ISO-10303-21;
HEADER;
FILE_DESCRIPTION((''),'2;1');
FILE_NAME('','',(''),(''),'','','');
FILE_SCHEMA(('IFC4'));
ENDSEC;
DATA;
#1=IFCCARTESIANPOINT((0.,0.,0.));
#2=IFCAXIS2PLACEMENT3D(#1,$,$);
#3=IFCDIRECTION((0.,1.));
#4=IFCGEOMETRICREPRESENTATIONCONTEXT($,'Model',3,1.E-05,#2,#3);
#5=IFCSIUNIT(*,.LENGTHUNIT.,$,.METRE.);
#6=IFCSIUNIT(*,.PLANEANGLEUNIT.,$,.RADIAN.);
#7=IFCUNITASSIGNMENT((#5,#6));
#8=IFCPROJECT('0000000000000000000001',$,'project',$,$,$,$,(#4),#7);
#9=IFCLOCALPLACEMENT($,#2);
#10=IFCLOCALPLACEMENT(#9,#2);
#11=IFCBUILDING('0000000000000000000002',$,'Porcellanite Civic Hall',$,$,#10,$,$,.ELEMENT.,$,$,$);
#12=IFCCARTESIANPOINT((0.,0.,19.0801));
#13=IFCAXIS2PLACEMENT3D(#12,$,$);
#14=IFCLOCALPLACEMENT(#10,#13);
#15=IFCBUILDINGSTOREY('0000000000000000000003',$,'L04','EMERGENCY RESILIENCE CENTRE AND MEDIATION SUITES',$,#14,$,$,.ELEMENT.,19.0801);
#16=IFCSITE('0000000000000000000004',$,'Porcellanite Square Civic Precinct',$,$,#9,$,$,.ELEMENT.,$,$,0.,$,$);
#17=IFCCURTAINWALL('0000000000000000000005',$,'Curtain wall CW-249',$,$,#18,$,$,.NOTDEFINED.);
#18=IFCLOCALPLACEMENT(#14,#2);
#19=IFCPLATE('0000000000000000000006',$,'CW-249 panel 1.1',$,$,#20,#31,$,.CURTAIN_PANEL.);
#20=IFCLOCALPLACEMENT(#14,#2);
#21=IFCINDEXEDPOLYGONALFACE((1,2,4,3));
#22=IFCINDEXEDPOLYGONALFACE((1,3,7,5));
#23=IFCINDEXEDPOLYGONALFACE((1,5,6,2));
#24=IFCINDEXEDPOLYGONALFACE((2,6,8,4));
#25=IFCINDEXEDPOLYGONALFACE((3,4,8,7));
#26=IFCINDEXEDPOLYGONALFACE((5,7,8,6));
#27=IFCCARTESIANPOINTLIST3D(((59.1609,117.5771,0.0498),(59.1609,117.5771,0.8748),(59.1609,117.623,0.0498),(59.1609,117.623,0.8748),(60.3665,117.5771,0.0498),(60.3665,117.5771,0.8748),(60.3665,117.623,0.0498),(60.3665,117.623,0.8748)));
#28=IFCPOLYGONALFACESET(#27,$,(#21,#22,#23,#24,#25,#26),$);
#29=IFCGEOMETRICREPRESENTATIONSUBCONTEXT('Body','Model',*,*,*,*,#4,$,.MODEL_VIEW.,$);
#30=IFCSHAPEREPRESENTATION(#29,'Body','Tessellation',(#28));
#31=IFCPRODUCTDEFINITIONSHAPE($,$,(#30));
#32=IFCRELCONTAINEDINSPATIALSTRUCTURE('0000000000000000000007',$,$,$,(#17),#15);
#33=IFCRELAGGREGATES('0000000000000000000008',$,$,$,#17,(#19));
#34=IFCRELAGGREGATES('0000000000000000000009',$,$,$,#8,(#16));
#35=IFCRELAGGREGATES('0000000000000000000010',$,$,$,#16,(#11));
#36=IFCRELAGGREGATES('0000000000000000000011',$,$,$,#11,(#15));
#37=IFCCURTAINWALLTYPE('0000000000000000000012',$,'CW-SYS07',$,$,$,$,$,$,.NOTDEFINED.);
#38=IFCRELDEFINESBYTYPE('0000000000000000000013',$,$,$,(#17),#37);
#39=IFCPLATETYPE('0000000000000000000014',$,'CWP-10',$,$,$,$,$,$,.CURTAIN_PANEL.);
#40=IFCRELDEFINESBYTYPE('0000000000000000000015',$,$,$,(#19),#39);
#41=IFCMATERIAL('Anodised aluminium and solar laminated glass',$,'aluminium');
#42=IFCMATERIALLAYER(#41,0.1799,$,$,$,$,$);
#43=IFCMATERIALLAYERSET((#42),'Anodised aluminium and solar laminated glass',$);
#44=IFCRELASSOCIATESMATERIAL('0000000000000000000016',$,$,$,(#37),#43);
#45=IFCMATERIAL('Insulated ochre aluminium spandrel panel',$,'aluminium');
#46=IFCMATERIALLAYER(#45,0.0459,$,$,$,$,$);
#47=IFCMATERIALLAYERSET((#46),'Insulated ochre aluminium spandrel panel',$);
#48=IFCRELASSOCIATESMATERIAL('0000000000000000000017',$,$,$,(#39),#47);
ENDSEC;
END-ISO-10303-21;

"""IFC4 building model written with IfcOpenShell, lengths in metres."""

from ifc_helpers import new_model, si_unit, direction, frame, origin, origin_2d, place, context, subcontext, project, spatial, rectangle, extrude, material, layer, layer_set, type_object, element, aggregate, save


model = new_model("IFC4")

# Units and contexts
model_context = context("Model", 3, precision=1e-05, world=origin(), true_north=direction((0.0, 1.0)))
body_context = subcontext(model_context, "Body", "Model", "MODEL_VIEW")
ifc_project = project(units=[si_unit("LENGTHUNIT", "METRE"), si_unit("PLANEANGLEUNIT", "RADIAN")], contexts=[model_context])

# Site, building, storey
site_placement = place(None, origin())
site = spatial("IfcSite", under=ifc_project, at=site_placement, Name="Porcellanite Square Civic Precinct", CompositionType="ELEMENT", RefElevation=0.0)
building_placement = place(site_placement, origin())
building = spatial("IfcBuilding", under=site, at=building_placement, Name="Porcellanite Civic Hall", CompositionType="ELEMENT")
storey_placement = place(building_placement, frame((0.0, 0.0, 19.0801)))
storey = spatial("IfcBuildingStorey", under=building, at=storey_placement, Name="L04", Description="EMERGENCY RESILIENCE CENTRE AND MEDIATION SUITES", CompositionType="ELEMENT", Elevation=19.0801)

# Curtain wall
ifc_material_1 = material(Name="Anodised aluminium and solar laminated glass", Category="aluminium")
ifc_layer_1 = layer(ifc_material_1, 0.1799)
ifc_layer_set_1 = layer_set([ifc_layer_1], Name="Anodised aluminium and solar laminated glass")
curtain_wall_type_1 = type_object("IfcCurtainWallType", Name="CW-SYS07", PredefinedType="NOTDEFINED", material=ifc_layer_set_1)
curtain_wall_1_placement = place(storey_placement, origin())
curtain_wall_1 = element("IfcCurtainWall", 1, at=curtain_wall_1_placement, inside=storey, type_object=curtain_wall_type_1, Name="Curtain wall CW-249", PredefinedType="NOTDEFINED")

# Plate
ifc_material_2 = material(Name="Insulated ochre aluminium spandrel panel", Category="aluminium")
ifc_layer_2 = layer(ifc_material_2, 0.0459)
ifc_layer_set_2 = layer_set([ifc_layer_2], Name="Insulated ochre aluminium spandrel panel")
plate_type_1 = type_object("IfcPlateType", Name="CWP-10", PredefinedType="CURTAIN_PANEL", material=ifc_layer_set_2)
plate_1_placement = place(storey_placement, frame((59.7637, 117.6001, 0.0498), z_axis=(0.0, 0.0, 1.0), x_axis=(1.0, 0.0, 0.0)))
plate_1 = element("IfcPlate", 2, at=plate_1_placement, type_object=plate_type_1, Name="CW-249 panel 1.1", PredefinedType="CURTAIN_PANEL", context=body_context, shape_type="SweptSolid", body=[
    extrude(rectangle(XDim=1.2056, YDim=0.0459, at=origin_2d()), origin(), (0.0, 0.0, 1.0), 0.825),
])
aggregate(curtain_wall_1, [plate_1])

save(model, "model.ifc")
